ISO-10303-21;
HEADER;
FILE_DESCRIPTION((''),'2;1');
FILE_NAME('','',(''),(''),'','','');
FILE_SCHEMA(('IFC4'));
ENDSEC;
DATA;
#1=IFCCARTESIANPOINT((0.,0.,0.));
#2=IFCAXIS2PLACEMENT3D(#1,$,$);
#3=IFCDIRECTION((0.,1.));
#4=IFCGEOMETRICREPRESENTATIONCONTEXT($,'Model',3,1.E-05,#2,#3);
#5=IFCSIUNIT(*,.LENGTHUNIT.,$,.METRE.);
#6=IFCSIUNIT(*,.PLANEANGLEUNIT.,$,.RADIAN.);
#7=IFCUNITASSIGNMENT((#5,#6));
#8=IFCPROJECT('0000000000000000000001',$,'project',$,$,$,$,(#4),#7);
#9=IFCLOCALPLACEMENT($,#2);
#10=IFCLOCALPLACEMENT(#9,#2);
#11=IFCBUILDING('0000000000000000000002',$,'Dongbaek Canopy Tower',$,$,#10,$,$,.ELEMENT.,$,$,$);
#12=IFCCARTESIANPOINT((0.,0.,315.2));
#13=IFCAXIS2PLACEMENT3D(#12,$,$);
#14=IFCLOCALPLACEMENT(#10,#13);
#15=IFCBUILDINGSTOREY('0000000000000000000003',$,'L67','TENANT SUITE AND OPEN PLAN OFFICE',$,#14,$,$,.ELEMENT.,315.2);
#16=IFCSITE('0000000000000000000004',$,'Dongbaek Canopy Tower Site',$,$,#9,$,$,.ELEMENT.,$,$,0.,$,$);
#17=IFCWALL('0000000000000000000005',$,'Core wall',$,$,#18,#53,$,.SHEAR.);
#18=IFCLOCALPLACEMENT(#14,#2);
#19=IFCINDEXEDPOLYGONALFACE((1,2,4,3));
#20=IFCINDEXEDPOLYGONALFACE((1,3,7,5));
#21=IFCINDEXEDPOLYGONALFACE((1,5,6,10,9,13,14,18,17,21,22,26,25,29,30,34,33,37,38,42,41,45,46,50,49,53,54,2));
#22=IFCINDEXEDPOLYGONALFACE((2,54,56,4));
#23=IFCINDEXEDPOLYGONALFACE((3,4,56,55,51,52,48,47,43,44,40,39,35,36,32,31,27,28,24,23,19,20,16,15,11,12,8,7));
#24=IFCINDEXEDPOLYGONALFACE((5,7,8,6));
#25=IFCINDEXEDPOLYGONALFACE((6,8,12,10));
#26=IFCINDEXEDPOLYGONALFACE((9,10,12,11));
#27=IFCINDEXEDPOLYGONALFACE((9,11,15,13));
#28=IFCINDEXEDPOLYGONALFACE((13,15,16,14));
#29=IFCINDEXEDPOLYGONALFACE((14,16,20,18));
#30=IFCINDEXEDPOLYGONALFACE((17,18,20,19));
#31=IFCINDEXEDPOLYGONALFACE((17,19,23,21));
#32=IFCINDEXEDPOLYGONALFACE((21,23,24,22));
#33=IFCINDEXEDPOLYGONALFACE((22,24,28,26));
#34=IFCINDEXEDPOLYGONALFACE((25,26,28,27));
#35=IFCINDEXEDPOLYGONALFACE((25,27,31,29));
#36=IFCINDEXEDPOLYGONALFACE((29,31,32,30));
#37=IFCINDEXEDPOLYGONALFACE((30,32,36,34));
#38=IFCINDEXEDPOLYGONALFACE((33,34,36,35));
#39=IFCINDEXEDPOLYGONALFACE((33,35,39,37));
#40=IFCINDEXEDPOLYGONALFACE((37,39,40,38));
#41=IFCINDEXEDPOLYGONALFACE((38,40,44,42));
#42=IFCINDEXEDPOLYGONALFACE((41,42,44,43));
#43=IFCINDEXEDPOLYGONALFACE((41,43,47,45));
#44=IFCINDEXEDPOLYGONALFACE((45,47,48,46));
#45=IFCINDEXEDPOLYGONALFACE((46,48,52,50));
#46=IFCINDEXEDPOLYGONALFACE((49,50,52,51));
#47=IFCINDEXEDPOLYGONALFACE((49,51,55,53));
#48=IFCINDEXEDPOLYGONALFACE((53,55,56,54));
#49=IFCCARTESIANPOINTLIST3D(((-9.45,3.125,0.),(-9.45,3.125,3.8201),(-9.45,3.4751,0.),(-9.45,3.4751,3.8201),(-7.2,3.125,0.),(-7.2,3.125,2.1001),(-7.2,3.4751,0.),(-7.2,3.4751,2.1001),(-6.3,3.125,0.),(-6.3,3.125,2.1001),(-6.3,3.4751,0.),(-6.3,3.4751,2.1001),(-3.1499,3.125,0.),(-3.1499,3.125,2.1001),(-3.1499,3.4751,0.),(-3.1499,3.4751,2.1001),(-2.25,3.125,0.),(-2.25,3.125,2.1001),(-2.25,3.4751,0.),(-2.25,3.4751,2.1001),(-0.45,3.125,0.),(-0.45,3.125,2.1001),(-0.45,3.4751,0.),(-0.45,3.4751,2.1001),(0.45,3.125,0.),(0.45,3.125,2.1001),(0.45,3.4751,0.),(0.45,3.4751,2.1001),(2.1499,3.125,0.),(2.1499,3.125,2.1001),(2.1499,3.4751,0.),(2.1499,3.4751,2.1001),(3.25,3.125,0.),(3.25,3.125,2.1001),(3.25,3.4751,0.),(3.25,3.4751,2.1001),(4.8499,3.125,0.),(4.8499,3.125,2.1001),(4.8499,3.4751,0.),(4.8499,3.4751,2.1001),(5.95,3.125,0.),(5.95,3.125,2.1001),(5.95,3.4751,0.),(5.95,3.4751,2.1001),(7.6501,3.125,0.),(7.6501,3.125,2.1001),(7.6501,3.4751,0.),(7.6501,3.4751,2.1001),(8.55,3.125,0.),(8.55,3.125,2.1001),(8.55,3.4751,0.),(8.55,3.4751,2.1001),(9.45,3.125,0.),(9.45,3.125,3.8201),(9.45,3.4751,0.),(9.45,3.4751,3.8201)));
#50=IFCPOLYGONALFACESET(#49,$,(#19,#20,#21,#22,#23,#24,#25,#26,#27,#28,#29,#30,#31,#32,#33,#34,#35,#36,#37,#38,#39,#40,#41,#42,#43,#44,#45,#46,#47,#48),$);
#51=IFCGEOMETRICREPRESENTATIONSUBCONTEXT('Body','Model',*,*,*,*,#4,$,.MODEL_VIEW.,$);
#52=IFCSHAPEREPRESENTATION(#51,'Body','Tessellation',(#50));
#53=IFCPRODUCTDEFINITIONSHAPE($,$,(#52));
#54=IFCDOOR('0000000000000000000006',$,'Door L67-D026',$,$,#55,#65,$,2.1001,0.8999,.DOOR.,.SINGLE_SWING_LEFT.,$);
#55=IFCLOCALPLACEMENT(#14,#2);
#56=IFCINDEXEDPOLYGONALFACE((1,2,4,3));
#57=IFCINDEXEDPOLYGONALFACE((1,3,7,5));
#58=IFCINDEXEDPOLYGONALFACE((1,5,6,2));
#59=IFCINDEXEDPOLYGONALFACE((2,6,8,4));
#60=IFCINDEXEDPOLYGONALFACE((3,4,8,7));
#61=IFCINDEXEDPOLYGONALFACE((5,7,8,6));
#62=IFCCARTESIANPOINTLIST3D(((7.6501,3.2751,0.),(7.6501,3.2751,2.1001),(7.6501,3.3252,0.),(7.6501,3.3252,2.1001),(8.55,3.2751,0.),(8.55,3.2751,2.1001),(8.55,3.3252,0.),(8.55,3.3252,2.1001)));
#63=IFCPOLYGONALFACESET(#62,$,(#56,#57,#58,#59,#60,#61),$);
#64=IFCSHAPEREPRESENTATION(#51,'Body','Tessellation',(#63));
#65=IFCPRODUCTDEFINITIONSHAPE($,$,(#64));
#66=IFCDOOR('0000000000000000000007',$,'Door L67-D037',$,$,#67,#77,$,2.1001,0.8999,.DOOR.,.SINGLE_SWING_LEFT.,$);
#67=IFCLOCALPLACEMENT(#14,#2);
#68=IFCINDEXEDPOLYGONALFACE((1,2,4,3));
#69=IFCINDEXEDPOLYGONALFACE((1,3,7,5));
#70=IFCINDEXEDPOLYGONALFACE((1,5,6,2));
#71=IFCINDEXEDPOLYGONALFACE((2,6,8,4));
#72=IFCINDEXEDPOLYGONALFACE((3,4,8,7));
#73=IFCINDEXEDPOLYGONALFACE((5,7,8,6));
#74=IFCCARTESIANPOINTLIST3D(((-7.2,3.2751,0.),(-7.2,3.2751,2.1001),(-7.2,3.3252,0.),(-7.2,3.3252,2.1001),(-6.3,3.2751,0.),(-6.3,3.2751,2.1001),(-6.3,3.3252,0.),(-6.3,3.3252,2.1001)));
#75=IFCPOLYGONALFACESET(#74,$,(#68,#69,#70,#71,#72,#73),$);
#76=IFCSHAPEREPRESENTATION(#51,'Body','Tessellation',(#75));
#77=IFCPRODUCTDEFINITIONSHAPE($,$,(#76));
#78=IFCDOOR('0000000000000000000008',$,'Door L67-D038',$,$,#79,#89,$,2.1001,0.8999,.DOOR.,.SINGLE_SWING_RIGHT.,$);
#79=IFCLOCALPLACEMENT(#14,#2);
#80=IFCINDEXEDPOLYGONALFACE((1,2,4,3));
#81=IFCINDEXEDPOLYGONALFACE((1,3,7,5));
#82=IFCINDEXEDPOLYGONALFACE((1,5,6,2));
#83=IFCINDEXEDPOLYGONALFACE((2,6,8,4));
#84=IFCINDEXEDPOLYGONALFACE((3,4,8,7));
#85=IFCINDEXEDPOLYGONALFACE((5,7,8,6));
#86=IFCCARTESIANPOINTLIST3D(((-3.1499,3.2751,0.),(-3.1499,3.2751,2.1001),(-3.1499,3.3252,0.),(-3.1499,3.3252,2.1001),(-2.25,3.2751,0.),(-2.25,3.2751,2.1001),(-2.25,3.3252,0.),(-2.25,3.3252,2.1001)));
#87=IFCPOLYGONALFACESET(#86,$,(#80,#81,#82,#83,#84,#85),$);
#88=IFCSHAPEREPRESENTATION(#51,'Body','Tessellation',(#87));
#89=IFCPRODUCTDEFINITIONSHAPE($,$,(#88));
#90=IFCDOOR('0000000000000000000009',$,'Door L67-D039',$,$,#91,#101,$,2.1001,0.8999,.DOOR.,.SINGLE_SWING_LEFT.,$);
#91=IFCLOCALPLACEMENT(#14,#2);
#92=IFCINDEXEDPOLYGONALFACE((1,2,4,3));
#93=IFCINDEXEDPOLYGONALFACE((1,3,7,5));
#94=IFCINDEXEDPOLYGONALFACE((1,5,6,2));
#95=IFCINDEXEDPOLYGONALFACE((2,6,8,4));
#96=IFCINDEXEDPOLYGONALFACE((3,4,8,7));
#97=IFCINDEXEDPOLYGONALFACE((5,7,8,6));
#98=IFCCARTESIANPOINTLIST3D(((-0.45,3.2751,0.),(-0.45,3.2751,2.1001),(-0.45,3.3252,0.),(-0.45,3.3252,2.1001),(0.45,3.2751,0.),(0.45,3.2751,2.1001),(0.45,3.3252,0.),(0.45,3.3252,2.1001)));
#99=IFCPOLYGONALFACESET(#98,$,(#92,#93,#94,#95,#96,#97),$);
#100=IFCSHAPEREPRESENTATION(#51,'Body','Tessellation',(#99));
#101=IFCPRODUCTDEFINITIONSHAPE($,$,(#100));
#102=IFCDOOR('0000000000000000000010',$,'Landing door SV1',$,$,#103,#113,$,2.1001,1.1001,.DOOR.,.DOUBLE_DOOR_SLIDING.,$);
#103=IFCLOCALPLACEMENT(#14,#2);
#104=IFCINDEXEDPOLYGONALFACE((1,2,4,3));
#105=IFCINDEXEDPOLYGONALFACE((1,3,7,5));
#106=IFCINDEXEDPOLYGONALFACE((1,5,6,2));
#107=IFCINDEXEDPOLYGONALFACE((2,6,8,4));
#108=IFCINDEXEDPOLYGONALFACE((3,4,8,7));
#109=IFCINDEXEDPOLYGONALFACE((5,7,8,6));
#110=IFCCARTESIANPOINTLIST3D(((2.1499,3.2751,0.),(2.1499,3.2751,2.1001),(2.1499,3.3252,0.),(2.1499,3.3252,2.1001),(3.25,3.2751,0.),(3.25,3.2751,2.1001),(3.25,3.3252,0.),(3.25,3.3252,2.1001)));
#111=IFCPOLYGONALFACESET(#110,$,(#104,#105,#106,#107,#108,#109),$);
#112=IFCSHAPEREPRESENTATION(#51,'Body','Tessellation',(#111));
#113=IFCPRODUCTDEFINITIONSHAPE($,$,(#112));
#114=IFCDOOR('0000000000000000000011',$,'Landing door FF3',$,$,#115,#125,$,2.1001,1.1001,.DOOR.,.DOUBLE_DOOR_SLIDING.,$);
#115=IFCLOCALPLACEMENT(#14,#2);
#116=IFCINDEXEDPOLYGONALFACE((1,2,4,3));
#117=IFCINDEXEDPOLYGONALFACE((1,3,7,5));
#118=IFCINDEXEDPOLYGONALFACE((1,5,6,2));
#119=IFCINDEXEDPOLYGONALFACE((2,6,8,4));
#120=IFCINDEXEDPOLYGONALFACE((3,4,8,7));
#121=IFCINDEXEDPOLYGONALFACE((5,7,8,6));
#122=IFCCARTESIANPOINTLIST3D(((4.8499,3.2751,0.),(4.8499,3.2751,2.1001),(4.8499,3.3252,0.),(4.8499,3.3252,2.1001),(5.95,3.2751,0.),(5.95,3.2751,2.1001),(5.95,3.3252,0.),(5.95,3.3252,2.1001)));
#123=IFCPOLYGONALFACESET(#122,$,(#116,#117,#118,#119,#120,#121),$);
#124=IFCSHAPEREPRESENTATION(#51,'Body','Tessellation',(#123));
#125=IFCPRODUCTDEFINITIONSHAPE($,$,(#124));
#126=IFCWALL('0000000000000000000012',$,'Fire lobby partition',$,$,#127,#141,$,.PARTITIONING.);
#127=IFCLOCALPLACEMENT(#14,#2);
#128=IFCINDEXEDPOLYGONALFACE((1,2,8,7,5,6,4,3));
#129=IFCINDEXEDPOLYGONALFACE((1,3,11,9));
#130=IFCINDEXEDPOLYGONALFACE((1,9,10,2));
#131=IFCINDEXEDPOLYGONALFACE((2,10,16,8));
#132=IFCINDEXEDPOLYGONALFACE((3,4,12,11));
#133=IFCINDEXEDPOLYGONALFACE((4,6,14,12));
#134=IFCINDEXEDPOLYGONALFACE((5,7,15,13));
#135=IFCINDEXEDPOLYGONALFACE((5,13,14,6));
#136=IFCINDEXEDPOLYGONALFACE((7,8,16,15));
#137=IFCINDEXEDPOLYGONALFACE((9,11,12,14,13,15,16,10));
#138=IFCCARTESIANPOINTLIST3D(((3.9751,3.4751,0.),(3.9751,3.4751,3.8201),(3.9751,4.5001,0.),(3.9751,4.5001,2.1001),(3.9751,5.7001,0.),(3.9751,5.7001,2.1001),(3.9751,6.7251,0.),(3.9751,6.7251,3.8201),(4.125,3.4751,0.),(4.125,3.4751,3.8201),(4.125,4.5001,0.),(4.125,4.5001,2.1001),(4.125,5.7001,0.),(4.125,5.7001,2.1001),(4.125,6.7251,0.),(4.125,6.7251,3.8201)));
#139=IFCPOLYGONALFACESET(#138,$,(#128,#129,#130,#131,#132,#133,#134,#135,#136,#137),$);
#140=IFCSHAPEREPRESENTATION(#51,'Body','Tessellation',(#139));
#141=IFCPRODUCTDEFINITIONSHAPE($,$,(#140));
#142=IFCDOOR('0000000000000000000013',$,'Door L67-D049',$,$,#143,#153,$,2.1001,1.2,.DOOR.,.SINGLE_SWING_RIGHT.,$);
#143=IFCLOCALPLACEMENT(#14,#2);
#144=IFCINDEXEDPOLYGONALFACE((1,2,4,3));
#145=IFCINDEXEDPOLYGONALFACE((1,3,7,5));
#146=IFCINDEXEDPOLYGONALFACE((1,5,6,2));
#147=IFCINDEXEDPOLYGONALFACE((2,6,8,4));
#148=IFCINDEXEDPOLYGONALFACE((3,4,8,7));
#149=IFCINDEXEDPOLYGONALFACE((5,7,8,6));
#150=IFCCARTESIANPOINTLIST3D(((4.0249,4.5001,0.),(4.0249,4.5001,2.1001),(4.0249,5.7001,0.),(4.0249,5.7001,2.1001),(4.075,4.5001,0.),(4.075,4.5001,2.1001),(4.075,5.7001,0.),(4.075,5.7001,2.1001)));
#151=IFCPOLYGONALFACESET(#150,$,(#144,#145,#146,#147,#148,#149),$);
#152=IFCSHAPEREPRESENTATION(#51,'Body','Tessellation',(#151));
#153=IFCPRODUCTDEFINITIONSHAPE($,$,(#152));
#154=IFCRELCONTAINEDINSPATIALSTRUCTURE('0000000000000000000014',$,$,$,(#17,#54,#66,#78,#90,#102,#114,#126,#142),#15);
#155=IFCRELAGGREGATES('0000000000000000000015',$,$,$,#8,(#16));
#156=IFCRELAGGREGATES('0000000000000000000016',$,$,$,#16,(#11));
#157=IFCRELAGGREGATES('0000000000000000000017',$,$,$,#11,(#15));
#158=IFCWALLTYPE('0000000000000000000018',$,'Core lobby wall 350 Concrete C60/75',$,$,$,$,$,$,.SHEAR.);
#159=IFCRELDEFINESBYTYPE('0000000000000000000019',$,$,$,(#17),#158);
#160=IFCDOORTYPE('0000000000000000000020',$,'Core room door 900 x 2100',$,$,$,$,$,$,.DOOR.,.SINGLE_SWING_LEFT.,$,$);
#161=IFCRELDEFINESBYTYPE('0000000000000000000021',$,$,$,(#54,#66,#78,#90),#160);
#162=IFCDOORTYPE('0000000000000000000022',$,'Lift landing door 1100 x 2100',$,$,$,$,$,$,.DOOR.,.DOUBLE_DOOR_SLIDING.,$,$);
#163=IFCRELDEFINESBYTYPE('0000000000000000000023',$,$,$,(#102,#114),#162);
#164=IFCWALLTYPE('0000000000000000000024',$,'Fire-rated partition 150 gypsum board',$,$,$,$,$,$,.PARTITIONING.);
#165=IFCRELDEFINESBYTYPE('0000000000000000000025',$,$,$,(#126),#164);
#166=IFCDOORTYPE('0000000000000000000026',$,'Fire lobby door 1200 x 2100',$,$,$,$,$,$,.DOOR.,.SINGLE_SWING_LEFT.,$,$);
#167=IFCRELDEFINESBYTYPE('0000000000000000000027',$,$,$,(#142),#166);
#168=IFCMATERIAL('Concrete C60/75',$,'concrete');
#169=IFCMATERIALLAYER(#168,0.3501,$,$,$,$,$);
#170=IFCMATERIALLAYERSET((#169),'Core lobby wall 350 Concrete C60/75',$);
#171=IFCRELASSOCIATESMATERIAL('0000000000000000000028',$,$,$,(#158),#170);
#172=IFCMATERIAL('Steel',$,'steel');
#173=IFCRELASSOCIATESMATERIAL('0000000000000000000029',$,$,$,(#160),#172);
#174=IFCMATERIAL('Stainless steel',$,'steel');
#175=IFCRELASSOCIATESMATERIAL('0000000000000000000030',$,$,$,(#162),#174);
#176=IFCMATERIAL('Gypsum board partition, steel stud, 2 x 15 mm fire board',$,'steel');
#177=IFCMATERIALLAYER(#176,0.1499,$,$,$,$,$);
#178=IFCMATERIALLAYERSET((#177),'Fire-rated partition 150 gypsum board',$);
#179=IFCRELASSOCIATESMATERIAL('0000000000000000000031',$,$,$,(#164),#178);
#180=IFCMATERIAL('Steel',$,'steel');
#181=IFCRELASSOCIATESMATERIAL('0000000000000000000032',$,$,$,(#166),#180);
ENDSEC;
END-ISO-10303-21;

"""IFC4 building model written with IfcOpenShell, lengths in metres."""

from ifc_helpers import new_model, si_unit, direction, frame, frame_2d, origin, place, context, subcontext, project, spatial, rectangle, extrude, material, layer, layer_set, type_object, element, fill, save


model = new_model("IFC4")

# Units and contexts
model_context = context("Model", 3, precision=1e-05, world=origin(), true_north=direction((0.0, 1.0)))
body_context = subcontext(model_context, "Body", "Model", "MODEL_VIEW")
ifc_project = project(units=[si_unit("LENGTHUNIT", "METRE"), si_unit("PLANEANGLEUNIT", "RADIAN")], contexts=[model_context])

# Site, building, storey
site_placement = place(None, origin())
site = spatial("IfcSite", under=ifc_project, at=site_placement, Name="Dongbaek Canopy Tower Site", CompositionType="ELEMENT", RefElevation=0.0)
building_placement = place(site_placement, origin())
building = spatial("IfcBuilding", under=site, at=building_placement, Name="Dongbaek Canopy Tower", CompositionType="ELEMENT")
storey_placement = place(building_placement, frame((0.0, 0.0, 315.2)))
storey = spatial("IfcBuildingStorey", under=building, at=storey_placement, Name="L67", Description="TENANT SUITE AND OPEN PLAN OFFICE", CompositionType="ELEMENT", Elevation=315.2)

# Wall, openings, doors
ifc_material_1 = material(Name="Concrete C60/75", Category="concrete")
ifc_layer_1 = layer(ifc_material_1, 0.3501)
ifc_layer_set_1 = layer_set([ifc_layer_1], Name="Core lobby wall 350 Concrete C60/75")
wall_type_1 = type_object("IfcWallType", Name="Core lobby wall 350 Concrete C60/75", PredefinedType="SHEAR", material=ifc_layer_set_1)
wall_1_placement = place(storey_placement, frame((9.45, 3.3, 0.0), z_axis=(0.0, 0.0, 1.0), x_axis=(-1.0, 0.0, 0.0)))
wall_1 = element("IfcWall", 1, at=wall_1_placement, inside=storey, type_object=wall_type_1, Name="Core wall", PredefinedType="SHEAR", context=body_context, shape_type="SweptSolid", body=[
    extrude(rectangle(XDim=18.8999, YDim=0.3501, at=frame_2d((9.45, 0.0))), origin(), (0.0, 0.0, 1.0), 3.8201),
])
opening_1_placement = place(wall_1_placement, frame((6.2, 0.0, 0.0)))
opening_1 = element("IfcOpeningElement", 2, at=opening_1_placement, cuts=wall_1, PredefinedType="OPENING", context=body_context, shape_type="SweptSolid", body=[
    extrude(rectangle(XDim=1.1001, YDim=2.1001, at=frame_2d((0.55, 1.05))), frame((0.0, 0.1851, 0.0), z_axis=(0.0, -1.0, 0.0), x_axis=(1.0, 0.0, 0.0)), (0.0, 0.0, 1.0), 0.3701),
])
opening_2_placement = place(wall_1_placement, frame((3.5, 0.0, 0.0)))
opening_2 = element("IfcOpeningElement", 3, at=opening_2_placement, cuts=wall_1, PredefinedType="OPENING", context=body_context, shape_type="SweptSolid", body=[
    extrude(rectangle(XDim=1.1001, YDim=2.1001, at=frame_2d((0.55, 1.05))), frame((0.0, 0.1851, 0.0), z_axis=(0.0, -1.0, 0.0), x_axis=(1.0, 0.0, 0.0)), (0.0, 0.0, 1.0), 0.3701),
])
opening_3_placement = place(wall_1_placement, frame((0.8999, 0.0, 0.0)))
opening_3 = element("IfcOpeningElement", 4, at=opening_3_placement, cuts=wall_1, PredefinedType="OPENING", context=body_context, shape_type="SweptSolid", body=[
    extrude(rectangle(XDim=0.8999, YDim=2.1001, at=frame_2d((0.45, 1.05))), frame((0.0, 0.1851, 0.0), z_axis=(0.0, -1.0, 0.0), x_axis=(1.0, 0.0, 0.0)), (0.0, 0.0, 1.0), 0.3701),
])
opening_4_placement = place(wall_1_placement, frame((15.75, 0.0, 0.0)))
opening_4 = element("IfcOpeningElement", 5, at=opening_4_placement, cuts=wall_1, PredefinedType="OPENING", context=body_context, shape_type="SweptSolid", body=[
    extrude(rectangle(XDim=0.8999, YDim=2.1001, at=frame_2d((0.45, 1.05))), frame((0.0, 0.1851, 0.0), z_axis=(0.0, -1.0, 0.0), x_axis=(1.0, 0.0, 0.0)), (0.0, 0.0, 1.0), 0.3701),
])
opening_5_placement = place(wall_1_placement, frame((11.7, 0.0, 0.0)))
opening_5 = element("IfcOpeningElement", 6, at=opening_5_placement, cuts=wall_1, PredefinedType="OPENING", context=body_context, shape_type="SweptSolid", body=[
    extrude(rectangle(XDim=0.8999, YDim=2.1001, at=frame_2d((0.45, 1.05))), frame((0.0, 0.1851, 0.0), z_axis=(0.0, -1.0, 0.0), x_axis=(1.0, 0.0, 0.0)), (0.0, 0.0, 1.0), 0.3701),
])
opening_6_placement = place(wall_1_placement, frame((9.0, 0.0, 0.0)))
opening_6 = element("IfcOpeningElement", 7, at=opening_6_placement, cuts=wall_1, PredefinedType="OPENING", context=body_context, shape_type="SweptSolid", body=[
    extrude(rectangle(XDim=0.8999, YDim=2.1001, at=frame_2d((0.45, 1.05))), frame((0.0, 0.1851, 0.0), z_axis=(0.0, -1.0, 0.0), x_axis=(1.0, 0.0, 0.0)), (0.0, 0.0, 1.0), 0.3701),
])
ifc_material_2 = material(Name="Steel", Category="steel")
door_type_1 = type_object("IfcDoorType", Name="Core room door 900 x 2100", OperationType="SINGLE_SWING_LEFT", PredefinedType="DOOR", material=ifc_material_2)
door_1_placement = place(opening_3_placement, origin())
door_1 = element("IfcDoor", 8, at=door_1_placement, inside=storey, type_object=door_type_1, Name="Door L67-D026", OperationType="SINGLE_SWING_LEFT", OverallHeight=2.1001, OverallWidth=0.8999, PredefinedType="DOOR", context=body_context, shape_type="SweptSolid", body=[
    extrude(rectangle(XDim=0.8999, YDim=2.1001, at=frame_2d((0.45, 1.05))), frame((0.0, 0.0249, 0.0), z_axis=(0.0, -1.0, 0.0), x_axis=(1.0, 0.0, 0.0)), (0.0, 0.0, 1.0), 0.05),
])
fill(opening_3, door_1)
door_2_placement = place(opening_4_placement, origin())
door_2 = element("IfcDoor", 9, at=door_2_placement, inside=storey, type_object=door_type_1, Name="Door L67-D037", OperationType="SINGLE_SWING_LEFT", OverallHeight=2.1001, OverallWidth=0.8999, PredefinedType="DOOR", context=body_context, shape_type="SweptSolid", body=[
    extrude(rectangle(XDim=0.8999, YDim=2.1001, at=frame_2d((0.45, 1.05))), frame((0.0, 0.0249, 0.0), z_axis=(0.0, -1.0, 0.0), x_axis=(1.0, 0.0, 0.0)), (0.0, 0.0, 1.0), 0.05),
])
fill(opening_4, door_2)
door_3_placement = place(opening_5_placement, origin())
door_3 = element("IfcDoor", 10, at=door_3_placement, inside=storey, type_object=door_type_1, Name="Door L67-D038", OperationType="SINGLE_SWING_RIGHT", OverallHeight=2.1001, OverallWidth=0.8999, PredefinedType="DOOR", context=body_context, shape_type="SweptSolid", body=[
    extrude(rectangle(XDim=0.8999, YDim=2.1001, at=frame_2d((0.45, 1.05))), frame((0.0, 0.0249, 0.0), z_axis=(0.0, -1.0, 0.0), x_axis=(1.0, 0.0, 0.0)), (0.0, 0.0, 1.0), 0.05),
])
fill(opening_5, door_3)
door_4_placement = place(opening_6_placement, origin())
door_4 = element("IfcDoor", 11, at=door_4_placement, inside=storey, type_object=door_type_1, Name="Door L67-D039", OperationType="SINGLE_SWING_LEFT", OverallHeight=2.1001, OverallWidth=0.8999, PredefinedType="DOOR", context=body_context, shape_type="SweptSolid", body=[
    extrude(rectangle(XDim=0.8999, YDim=2.1001, at=frame_2d((0.45, 1.05))), frame((0.0, 0.0249, 0.0), z_axis=(0.0, -1.0, 0.0), x_axis=(1.0, 0.0, 0.0)), (0.0, 0.0, 1.0), 0.05),
])
fill(opening_6, door_4)
ifc_material_3 = material(Name="Stainless steel", Category="steel")
door_type_2 = type_object("IfcDoorType", Name="Lift landing door 1100 x 2100", OperationType="DOUBLE_DOOR_SLIDING", PredefinedType="DOOR", material=ifc_material_3)
door_5_placement = place(opening_1_placement, origin())
door_5 = element("IfcDoor", 12, at=door_5_placement, inside=storey, type_object=door_type_2, Name="Landing door SV1", OperationType="DOUBLE_DOOR_SLIDING", OverallHeight=2.1001, OverallWidth=1.1001, PredefinedType="DOOR", context=body_context, shape_type="SweptSolid", body=[
    extrude(rectangle(XDim=1.1001, YDim=2.1001, at=frame_2d((0.55, 1.05))), frame((0.0, 0.0249, 0.0), z_axis=(0.0, -1.0, 0.0), x_axis=(1.0, 0.0, 0.0)), (0.0, 0.0, 1.0), 0.05),
])
fill(opening_1, door_5)
door_6_placement = place(opening_2_placement, origin())
door_6 = element("IfcDoor", 13, at=door_6_placement, inside=storey, type_object=door_type_2, Name="Landing door FF3", OperationType="DOUBLE_DOOR_SLIDING", OverallHeight=2.1001, OverallWidth=1.1001, PredefinedType="DOOR", context=body_context, shape_type="SweptSolid", body=[
    extrude(rectangle(XDim=1.1001, YDim=2.1001, at=frame_2d((0.55, 1.05))), frame((0.0, 0.0249, 0.0), z_axis=(0.0, -1.0, 0.0), x_axis=(1.0, 0.0, 0.0)), (0.0, 0.0, 1.0), 0.05),
])
fill(opening_2, door_6)

# Wall, opening, door
ifc_material_4 = material(Name="Gypsum board partition, steel stud, 2 x 15 mm fire board", Category="steel")
ifc_layer_2 = layer(ifc_material_4, 0.1499)
ifc_layer_set_2 = layer_set([ifc_layer_2], Name="Fire-rated partition 150 gypsum board")
wall_type_2 = type_object("IfcWallType", Name="Fire-rated partition 150 gypsum board", PredefinedType="PARTITIONING", material=ifc_layer_set_2)
wall_2_placement = place(storey_placement, frame((4.05, 6.7251, 0.0), z_axis=(0.0, 0.0, 1.0), x_axis=(0.0, -1.0, 0.0)))
wall_2 = element("IfcWall", 14, at=wall_2_placement, inside=storey, type_object=wall_type_2, Name="Fire lobby partition", PredefinedType="PARTITIONING", context=body_context, shape_type="SweptSolid", body=[
    extrude(rectangle(XDim=3.25, YDim=0.1499, at=frame_2d((1.625, 0.0))), origin(), (0.0, 0.0, 1.0), 3.8201),
])
opening_7_placement = place(wall_2_placement, frame((1.0249, 0.0, 0.0)))
opening_7 = element("IfcOpeningElement", 15, at=opening_7_placement, cuts=wall_2, PredefinedType="OPENING", context=body_context, shape_type="SweptSolid", body=[
    extrude(rectangle(XDim=1.2, YDim=2.1001, at=frame_2d((0.6001, 1.05))), frame((0.0, 0.085, 0.0), z_axis=(0.0, -1.0, 0.0), x_axis=(1.0, 0.0, 0.0)), (0.0, 0.0, 1.0), 0.1699),
])
ifc_material_5 = material(Name="Steel", Category="steel")
door_type_3 = type_object("IfcDoorType", Name="Fire lobby door 1200 x 2100", OperationType="SINGLE_SWING_LEFT", PredefinedType="DOOR", material=ifc_material_5)
door_7_placement = place(opening_7_placement, origin())
door_7 = element("IfcDoor", 16, at=door_7_placement, inside=storey, type_object=door_type_3, Name="Door L67-D049", OperationType="SINGLE_SWING_RIGHT", OverallHeight=2.1001, OverallWidth=1.2, PredefinedType="DOOR", context=body_context, shape_type="SweptSolid", body=[
    extrude(rectangle(XDim=1.2, YDim=2.1001, at=frame_2d((0.6001, 1.05))), frame((0.0, 0.0249, 0.0), z_axis=(0.0, -1.0, 0.0), x_axis=(1.0, 0.0, 0.0)), (0.0, 0.0, 1.0), 0.05),
])
fill(opening_7, door_7)

save(model, "model.ifc")
